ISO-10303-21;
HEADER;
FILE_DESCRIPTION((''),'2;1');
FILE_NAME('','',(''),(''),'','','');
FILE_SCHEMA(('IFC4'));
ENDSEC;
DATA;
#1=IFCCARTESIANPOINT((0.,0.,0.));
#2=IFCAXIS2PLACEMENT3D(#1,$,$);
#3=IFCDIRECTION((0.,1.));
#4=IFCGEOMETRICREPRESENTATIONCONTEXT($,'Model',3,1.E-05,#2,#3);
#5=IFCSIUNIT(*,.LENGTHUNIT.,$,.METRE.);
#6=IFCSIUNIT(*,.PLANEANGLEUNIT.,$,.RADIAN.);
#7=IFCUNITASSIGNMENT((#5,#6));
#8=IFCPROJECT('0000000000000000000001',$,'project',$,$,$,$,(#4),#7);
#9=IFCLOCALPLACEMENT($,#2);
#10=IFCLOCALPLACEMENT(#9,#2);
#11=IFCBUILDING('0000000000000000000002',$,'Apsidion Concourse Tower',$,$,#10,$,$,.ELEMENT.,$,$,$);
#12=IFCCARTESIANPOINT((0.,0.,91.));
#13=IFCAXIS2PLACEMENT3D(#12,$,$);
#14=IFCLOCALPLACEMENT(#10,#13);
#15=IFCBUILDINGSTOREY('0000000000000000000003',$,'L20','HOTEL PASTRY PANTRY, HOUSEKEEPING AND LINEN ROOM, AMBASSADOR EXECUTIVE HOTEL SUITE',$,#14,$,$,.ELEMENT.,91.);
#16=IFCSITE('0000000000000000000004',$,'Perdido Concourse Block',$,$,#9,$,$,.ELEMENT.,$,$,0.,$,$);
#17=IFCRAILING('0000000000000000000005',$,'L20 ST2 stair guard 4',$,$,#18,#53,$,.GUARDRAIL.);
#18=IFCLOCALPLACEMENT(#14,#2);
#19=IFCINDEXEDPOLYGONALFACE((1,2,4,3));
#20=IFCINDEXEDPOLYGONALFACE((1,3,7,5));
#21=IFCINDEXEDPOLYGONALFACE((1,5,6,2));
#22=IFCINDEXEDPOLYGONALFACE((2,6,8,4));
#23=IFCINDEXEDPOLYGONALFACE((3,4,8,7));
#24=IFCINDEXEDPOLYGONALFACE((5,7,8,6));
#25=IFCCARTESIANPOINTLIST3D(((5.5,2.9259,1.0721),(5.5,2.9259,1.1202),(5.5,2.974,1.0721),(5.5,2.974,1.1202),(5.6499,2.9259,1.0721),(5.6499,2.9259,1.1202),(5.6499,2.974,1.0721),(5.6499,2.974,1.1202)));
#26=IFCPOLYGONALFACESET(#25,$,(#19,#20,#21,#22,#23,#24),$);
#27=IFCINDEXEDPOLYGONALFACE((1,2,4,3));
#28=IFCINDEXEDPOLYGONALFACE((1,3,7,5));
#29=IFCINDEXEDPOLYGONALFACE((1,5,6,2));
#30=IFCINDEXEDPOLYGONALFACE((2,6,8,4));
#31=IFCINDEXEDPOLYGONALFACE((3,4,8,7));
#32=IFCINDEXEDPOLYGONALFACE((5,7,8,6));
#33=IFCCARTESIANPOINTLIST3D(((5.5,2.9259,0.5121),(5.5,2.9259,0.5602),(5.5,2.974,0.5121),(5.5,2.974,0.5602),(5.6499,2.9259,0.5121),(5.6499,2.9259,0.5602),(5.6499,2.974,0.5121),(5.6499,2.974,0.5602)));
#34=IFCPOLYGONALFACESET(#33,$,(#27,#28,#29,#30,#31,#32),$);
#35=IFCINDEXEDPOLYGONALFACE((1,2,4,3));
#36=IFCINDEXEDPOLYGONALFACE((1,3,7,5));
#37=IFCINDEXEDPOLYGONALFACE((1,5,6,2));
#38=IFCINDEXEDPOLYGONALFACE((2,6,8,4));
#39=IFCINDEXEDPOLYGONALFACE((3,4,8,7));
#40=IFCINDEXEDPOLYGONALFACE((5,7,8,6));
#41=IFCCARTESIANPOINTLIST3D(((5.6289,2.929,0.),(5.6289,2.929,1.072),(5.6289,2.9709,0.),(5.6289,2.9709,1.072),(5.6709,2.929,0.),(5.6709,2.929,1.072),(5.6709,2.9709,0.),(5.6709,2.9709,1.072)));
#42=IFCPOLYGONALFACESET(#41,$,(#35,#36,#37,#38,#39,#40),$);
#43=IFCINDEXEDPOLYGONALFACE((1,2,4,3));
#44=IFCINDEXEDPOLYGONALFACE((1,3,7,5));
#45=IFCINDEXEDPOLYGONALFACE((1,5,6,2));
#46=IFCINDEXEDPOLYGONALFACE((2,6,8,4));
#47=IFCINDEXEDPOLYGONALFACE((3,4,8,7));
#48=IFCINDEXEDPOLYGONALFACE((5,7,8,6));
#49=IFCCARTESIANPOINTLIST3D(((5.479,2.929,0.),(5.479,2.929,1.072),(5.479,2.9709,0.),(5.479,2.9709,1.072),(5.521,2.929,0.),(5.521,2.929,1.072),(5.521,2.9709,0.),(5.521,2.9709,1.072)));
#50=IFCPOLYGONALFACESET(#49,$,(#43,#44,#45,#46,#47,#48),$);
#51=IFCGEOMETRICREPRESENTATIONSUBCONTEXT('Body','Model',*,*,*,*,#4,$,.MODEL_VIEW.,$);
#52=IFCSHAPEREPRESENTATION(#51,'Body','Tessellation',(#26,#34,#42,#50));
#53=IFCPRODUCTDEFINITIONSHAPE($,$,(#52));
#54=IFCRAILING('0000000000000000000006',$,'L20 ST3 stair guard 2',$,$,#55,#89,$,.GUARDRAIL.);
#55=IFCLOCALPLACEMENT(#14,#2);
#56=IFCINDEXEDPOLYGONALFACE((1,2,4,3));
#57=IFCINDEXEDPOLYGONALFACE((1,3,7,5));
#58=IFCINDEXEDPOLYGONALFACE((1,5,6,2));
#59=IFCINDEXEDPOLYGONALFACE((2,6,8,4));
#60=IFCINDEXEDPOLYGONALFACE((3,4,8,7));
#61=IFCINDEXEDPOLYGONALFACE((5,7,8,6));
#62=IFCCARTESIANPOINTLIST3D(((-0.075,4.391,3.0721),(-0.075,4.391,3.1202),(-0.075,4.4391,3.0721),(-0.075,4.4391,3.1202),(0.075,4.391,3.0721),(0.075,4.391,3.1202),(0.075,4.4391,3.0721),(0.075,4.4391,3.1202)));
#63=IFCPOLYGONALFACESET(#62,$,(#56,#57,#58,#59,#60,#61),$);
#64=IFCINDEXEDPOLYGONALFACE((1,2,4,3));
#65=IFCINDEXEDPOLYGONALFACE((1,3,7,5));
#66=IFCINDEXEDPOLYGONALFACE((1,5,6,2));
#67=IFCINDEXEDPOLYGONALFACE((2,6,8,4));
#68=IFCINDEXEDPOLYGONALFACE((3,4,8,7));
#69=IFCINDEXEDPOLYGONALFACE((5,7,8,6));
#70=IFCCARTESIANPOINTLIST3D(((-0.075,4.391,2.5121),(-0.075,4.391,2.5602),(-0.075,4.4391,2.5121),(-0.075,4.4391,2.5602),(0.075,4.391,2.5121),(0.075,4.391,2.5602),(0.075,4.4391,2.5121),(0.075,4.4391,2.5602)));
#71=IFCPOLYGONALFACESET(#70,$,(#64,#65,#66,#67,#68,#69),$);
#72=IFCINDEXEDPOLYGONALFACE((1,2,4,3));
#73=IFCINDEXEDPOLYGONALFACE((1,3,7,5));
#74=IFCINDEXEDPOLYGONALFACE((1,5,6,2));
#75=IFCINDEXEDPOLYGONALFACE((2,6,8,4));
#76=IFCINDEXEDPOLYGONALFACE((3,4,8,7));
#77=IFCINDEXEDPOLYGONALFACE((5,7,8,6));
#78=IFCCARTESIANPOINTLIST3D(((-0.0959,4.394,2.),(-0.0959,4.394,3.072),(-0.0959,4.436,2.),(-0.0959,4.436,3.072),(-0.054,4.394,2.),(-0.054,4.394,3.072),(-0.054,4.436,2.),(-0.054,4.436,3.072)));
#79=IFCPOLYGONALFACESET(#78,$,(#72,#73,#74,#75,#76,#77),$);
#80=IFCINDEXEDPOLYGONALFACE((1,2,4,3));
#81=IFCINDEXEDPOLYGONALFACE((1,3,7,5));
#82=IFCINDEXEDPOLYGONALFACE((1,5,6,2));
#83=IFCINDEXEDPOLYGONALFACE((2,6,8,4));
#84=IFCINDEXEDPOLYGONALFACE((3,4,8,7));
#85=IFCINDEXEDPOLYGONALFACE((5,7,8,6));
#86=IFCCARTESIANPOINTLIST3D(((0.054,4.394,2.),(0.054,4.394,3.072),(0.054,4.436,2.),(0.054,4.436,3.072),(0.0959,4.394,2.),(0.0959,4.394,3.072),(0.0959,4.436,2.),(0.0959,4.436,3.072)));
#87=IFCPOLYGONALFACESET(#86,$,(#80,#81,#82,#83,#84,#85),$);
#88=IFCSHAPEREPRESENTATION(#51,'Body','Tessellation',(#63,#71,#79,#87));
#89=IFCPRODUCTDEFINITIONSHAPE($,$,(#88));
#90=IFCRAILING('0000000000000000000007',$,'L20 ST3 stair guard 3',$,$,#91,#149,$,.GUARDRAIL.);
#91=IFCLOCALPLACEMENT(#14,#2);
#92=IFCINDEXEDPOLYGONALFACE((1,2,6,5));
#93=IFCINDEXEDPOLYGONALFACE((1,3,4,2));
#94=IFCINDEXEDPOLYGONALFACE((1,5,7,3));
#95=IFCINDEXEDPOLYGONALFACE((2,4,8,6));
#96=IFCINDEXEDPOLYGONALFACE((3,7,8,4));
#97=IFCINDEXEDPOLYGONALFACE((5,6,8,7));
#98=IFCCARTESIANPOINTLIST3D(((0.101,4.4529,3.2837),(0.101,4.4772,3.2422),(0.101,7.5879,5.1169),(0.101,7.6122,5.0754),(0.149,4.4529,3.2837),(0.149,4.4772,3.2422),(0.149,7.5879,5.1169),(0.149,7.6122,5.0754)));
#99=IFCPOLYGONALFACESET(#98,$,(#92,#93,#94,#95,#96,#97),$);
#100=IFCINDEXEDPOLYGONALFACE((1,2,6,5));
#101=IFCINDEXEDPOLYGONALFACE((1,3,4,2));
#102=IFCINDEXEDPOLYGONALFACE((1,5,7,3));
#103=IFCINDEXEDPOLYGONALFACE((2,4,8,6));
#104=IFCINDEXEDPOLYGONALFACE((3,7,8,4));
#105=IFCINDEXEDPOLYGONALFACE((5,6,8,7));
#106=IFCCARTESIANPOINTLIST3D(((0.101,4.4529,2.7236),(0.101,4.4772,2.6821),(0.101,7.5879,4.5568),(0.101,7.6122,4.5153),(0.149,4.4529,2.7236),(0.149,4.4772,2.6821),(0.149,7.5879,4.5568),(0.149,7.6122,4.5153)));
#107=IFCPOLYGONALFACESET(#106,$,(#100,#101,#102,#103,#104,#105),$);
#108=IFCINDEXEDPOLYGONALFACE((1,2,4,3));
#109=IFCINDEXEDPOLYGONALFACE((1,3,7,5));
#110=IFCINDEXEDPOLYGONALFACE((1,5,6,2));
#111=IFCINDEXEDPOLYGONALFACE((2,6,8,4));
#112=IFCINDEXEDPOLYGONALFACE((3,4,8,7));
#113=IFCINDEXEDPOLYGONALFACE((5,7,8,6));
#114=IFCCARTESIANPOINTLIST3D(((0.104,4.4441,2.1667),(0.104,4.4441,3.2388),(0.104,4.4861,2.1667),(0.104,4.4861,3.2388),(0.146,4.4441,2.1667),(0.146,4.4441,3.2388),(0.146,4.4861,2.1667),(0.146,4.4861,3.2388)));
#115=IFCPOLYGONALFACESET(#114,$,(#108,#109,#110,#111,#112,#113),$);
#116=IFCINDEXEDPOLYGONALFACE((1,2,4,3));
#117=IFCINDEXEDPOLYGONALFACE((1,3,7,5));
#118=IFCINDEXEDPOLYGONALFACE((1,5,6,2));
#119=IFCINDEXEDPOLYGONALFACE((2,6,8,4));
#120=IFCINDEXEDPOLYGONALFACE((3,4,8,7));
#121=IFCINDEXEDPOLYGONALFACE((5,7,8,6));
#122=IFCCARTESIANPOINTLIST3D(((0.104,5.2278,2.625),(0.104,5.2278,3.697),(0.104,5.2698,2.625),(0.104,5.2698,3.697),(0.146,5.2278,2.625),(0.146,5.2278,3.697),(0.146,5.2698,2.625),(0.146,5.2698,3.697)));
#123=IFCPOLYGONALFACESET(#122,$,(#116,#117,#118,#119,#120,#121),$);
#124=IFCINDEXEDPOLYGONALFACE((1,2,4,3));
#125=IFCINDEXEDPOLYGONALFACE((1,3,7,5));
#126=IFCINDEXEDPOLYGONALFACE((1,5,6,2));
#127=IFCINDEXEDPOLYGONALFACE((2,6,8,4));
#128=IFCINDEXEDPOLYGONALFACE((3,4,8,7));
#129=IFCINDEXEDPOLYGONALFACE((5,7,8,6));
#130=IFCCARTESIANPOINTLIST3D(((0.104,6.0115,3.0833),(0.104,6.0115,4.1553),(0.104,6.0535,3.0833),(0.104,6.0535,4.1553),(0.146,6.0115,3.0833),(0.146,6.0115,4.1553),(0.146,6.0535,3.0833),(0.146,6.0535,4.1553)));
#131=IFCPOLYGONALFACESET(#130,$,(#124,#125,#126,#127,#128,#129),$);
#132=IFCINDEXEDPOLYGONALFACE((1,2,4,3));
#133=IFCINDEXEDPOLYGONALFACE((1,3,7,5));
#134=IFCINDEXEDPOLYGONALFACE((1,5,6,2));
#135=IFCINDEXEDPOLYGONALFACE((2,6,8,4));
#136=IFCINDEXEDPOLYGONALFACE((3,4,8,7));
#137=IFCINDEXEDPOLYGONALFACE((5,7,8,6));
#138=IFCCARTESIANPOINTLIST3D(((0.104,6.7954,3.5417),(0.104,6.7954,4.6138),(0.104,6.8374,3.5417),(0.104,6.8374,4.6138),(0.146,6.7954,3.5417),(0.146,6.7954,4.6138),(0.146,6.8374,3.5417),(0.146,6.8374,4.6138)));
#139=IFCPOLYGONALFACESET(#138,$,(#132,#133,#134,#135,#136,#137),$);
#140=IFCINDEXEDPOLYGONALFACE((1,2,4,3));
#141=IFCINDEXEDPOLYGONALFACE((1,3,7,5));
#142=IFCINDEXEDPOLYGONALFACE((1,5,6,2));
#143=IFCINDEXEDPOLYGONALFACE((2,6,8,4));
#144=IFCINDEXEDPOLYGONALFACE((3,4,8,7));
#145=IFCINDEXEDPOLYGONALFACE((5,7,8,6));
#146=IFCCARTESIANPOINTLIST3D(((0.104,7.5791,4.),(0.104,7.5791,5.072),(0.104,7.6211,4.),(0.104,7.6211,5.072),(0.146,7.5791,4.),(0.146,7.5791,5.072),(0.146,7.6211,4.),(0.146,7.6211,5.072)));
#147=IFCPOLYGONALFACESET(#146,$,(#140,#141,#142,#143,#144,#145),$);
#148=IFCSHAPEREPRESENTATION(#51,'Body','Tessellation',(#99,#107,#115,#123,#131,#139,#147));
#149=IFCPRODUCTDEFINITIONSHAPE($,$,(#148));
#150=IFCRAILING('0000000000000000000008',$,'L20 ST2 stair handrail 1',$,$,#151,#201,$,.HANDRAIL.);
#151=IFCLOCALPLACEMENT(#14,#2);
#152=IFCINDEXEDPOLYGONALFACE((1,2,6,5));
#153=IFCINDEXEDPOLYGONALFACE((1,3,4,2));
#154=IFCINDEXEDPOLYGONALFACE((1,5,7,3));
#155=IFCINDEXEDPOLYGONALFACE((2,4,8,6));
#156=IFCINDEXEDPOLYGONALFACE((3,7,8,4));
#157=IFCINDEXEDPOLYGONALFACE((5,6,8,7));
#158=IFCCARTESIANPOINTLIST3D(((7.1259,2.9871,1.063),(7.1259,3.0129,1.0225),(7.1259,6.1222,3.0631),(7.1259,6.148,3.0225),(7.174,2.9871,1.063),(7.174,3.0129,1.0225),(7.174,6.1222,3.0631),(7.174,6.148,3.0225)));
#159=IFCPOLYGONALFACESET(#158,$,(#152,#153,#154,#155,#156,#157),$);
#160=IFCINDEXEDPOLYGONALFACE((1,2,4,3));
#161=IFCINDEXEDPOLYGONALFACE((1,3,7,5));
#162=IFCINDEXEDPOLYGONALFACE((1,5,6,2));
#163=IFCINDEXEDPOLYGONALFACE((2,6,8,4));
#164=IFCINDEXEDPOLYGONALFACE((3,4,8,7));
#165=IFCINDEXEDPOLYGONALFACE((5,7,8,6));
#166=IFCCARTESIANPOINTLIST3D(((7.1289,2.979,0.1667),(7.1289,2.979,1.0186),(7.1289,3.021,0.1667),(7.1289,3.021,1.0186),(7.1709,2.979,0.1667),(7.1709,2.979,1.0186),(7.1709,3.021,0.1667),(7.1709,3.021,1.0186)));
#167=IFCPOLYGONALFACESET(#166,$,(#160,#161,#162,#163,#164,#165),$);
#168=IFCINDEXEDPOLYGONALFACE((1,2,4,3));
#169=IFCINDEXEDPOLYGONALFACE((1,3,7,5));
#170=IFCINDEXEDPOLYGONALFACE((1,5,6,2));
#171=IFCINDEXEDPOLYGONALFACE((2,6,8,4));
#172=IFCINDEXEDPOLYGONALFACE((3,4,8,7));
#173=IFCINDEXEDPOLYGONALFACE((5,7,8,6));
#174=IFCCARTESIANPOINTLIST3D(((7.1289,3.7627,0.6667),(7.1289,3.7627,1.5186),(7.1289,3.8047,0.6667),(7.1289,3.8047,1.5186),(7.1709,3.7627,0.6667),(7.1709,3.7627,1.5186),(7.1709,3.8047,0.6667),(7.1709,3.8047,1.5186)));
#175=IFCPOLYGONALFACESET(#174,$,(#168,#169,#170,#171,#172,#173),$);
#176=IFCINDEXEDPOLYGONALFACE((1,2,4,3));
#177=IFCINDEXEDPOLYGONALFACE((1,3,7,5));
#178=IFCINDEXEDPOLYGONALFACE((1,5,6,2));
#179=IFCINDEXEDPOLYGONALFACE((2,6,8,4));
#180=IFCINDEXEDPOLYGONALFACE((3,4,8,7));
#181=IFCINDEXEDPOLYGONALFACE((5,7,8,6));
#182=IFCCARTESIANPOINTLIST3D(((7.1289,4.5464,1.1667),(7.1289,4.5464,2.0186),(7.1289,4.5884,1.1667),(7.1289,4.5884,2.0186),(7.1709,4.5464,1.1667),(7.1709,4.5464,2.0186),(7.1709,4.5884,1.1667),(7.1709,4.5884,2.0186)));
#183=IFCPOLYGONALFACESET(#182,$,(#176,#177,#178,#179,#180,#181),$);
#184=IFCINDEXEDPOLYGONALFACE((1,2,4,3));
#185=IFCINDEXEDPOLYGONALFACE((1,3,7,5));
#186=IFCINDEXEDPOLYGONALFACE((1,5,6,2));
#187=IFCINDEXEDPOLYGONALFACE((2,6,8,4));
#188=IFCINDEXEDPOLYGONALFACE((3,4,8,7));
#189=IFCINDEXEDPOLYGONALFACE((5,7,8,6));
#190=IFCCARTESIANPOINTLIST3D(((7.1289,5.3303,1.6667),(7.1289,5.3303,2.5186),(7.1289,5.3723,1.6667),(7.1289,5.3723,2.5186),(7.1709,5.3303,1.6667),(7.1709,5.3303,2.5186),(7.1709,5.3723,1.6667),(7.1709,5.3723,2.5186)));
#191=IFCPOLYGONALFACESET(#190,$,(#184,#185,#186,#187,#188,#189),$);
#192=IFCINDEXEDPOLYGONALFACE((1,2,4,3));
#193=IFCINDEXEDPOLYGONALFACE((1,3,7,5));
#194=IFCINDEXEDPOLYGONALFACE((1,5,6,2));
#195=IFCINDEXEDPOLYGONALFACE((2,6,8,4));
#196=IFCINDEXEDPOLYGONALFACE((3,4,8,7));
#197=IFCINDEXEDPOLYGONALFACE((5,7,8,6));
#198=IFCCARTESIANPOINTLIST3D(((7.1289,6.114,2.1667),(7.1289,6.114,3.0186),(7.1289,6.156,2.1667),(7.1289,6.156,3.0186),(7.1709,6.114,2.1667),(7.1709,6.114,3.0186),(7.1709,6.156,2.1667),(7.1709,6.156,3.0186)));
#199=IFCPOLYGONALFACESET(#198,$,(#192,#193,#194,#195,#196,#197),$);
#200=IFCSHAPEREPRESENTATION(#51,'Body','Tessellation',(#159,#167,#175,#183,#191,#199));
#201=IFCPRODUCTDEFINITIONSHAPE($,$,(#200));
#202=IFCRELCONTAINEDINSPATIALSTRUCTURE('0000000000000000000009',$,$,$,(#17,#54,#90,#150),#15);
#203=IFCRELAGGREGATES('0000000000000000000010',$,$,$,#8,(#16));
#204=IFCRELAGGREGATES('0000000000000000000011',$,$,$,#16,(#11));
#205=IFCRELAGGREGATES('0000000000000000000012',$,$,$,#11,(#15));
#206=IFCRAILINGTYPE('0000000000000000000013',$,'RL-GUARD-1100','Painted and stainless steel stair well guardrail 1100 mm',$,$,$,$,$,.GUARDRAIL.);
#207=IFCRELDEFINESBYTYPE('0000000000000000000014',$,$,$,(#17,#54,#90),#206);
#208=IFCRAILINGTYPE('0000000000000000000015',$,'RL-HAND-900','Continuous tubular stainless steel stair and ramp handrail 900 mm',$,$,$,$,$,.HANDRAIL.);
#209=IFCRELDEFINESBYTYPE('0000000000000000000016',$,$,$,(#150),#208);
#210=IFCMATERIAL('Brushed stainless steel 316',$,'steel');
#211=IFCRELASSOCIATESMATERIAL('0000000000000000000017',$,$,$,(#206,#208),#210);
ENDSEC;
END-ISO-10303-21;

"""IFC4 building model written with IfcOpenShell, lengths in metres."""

from ifc_helpers import new_model, si_unit, direction, frame, origin, origin_2d, place, context, subcontext, project, spatial, rectangle, extrude, material, type_object, element, save


model = new_model("IFC4")

# Units and contexts
model_context = context("Model", 3, precision=1e-05, world=origin(), true_north=direction((0.0, 1.0)))
body_context = subcontext(model_context, "Body", "Model", "MODEL_VIEW")
ifc_project = project(units=[si_unit("LENGTHUNIT", "METRE"), si_unit("PLANEANGLEUNIT", "RADIAN")], contexts=[model_context])

# Site, building, storey
site_placement = place(None, origin())
site = spatial("IfcSite", under=ifc_project, at=site_placement, Name="Perdido Concourse Block", CompositionType="ELEMENT", RefElevation=0.0)
building_placement = place(site_placement, origin())
building = spatial("IfcBuilding", under=site, at=building_placement, Name="Apsidion Concourse Tower", CompositionType="ELEMENT")
storey_placement = place(building_placement, frame((0.0, 0.0, 91.0)))
storey = spatial("IfcBuildingStorey", under=building, at=storey_placement, Name="L20", Description="HOTEL PASTRY PANTRY, HOUSEKEEPING AND LINEN ROOM, AMBASSADOR EXECUTIVE HOTEL SUITE", CompositionType="ELEMENT", Elevation=91.0)

# Railings
ifc_material_1 = material(Name="Brushed stainless steel 316", Category="steel")
railing_type_1 = type_object("IfcRailingType", Name="RL-GUARD-1100", Description="Painted and stainless steel stair well guardrail 1100 mm", PredefinedType="GUARDRAIL", material=ifc_material_1)
railing_1_placement = place(storey_placement, frame((5.6499, 2.95, 0.0)))
element("IfcRailing", 1, at=railing_1_placement, inside=storey, type_object=railing_type_1, Name="L20 ST2 stair guard 4", PredefinedType="GUARDRAIL", context=body_context, shape_type="SweptSolid", body=[
    extrude(rectangle(XDim=0.0481, YDim=0.0481, at=origin_2d()), frame((0.0, 0.0, 1.0962), z_axis=(-1.0, 0.0, 0.0), x_axis=(0.0, -1.0, 0.0)), (0.0, 0.0, 1.0), 0.1499),
    extrude(rectangle(XDim=0.0481, YDim=0.0481, at=origin_2d()), frame((0.0, 0.0, 0.5361), z_axis=(-1.0, 0.0, 0.0), x_axis=(0.0, -1.0, 0.0)), (0.0, 0.0, 1.0), 0.1499),
    extrude(rectangle(XDim=0.042, YDim=0.042, at=origin_2d()), origin(), (0.0, 0.0, 1.0), 1.072),
    extrude(rectangle(XDim=0.042, YDim=0.042, at=origin_2d()), frame((-0.1499, 0.0, 0.0)), (0.0, 0.0, 1.0), 1.072),
])
railing_2_placement = place(storey_placement, frame((-0.075, 4.415, 2.0)))
element("IfcRailing", 2, at=railing_2_placement, inside=storey, type_object=railing_type_1, Name="L20 ST3 stair guard 2", PredefinedType="GUARDRAIL", context=body_context, shape_type="SweptSolid", body=[
    extrude(rectangle(XDim=0.0481, YDim=0.0481, at=origin_2d()), frame((0.0, 0.0, 1.0962), z_axis=(1.0, 0.0, 0.0), x_axis=(0.0, 1.0, 0.0)), (0.0, 0.0, 1.0), 0.1499),
    extrude(rectangle(XDim=0.0481, YDim=0.0481, at=origin_2d()), frame((0.0, 0.0, 0.5361), z_axis=(1.0, 0.0, 0.0), x_axis=(0.0, 1.0, 0.0)), (0.0, 0.0, 1.0), 0.1499),
    extrude(rectangle(XDim=0.042, YDim=0.042, at=origin_2d()), origin(), (0.0, 0.0, 1.0), 1.072),
    extrude(rectangle(XDim=0.042, YDim=0.042, at=origin_2d()), frame((0.1499, 0.0, 0.0)), (0.0, 0.0, 1.0), 1.072),
])
railing_3_placement = place(storey_placement, frame((0.125, 4.4651, 2.1667)))
element("IfcRailing", 3, at=railing_3_placement, inside=storey, type_object=railing_type_1, Name="L20 ST3 stair guard 3", PredefinedType="GUARDRAIL", context=body_context, shape_type="SweptSolid", body=[
    extrude(rectangle(XDim=0.0481, YDim=0.0481, at=origin_2d()), frame((0.0, 0.0, 1.0962), z_axis=(0.0, 0.86324, 0.504794), x_axis=(-1.0, 0.0, 0.0)), (0.0, 0.0, 1.0), 3.6316),
    extrude(rectangle(XDim=0.0481, YDim=0.0481, at=origin_2d()), frame((0.0, 0.0, 0.5361), z_axis=(0.0, 0.86324, 0.504794), x_axis=(-1.0, 0.0, 0.0)), (0.0, 0.0, 1.0), 3.6316),
    extrude(rectangle(XDim=0.042, YDim=0.042, at=origin_2d()), origin(), (0.0, 0.0, 1.0), 1.072),
    extrude(rectangle(XDim=0.042, YDim=0.042, at=origin_2d()), frame((0.0, 0.7837, 0.4583)), (0.0, 0.0, 1.0), 1.072),
    extrude(rectangle(XDim=0.042, YDim=0.042, at=origin_2d()), frame((0.0, 1.5674, 0.9165)), (0.0, 0.0, 1.0), 1.072),
    extrude(rectangle(XDim=0.042, YDim=0.042, at=origin_2d()), frame((0.0, 2.3513, 1.375)), (0.0, 0.0, 1.0), 1.072),
    extrude(rectangle(XDim=0.042, YDim=0.042, at=origin_2d()), frame((0.0, 3.135, 1.8333)), (0.0, 0.0, 1.0), 1.072),
])
railing_type_2 = type_object("IfcRailingType", Name="RL-HAND-900", Description="Continuous tubular stainless steel stair and ramp handrail 900 mm", PredefinedType="HANDRAIL", material=ifc_material_1)
railing_4_placement = place(storey_placement, frame((7.1499, 3.0, 0.1667)))
element("IfcRailing", 4, at=railing_4_placement, inside=storey, type_object=railing_type_2, Name="L20 ST2 stair handrail 1", PredefinedType="HANDRAIL", context=body_context, shape_type="SweptSolid", body=[
    extrude(rectangle(XDim=0.0481, YDim=0.0481, at=origin_2d()), frame((0.0, 0.0, 0.876), z_axis=(0.0, 0.843053, 0.537831), x_axis=(-1.0, 0.0, 0.0)), (0.0, 0.0, 1.0), 3.7188),
    extrude(rectangle(XDim=0.042, YDim=0.042, at=origin_2d()), origin(), (0.0, 0.0, 1.0), 0.8518),
    extrude(rectangle(XDim=0.042, YDim=0.042, at=origin_2d()), frame((0.0, 0.7837, 0.5)), (0.0, 0.0, 1.0), 0.8518),
    extrude(rectangle(XDim=0.042, YDim=0.042, at=origin_2d()), frame((0.0, 1.5674, 1.0)), (0.0, 0.0, 1.0), 0.8518),
    extrude(rectangle(XDim=0.042, YDim=0.042, at=origin_2d()), frame((0.0, 2.3513, 1.5)), (0.0, 0.0, 1.0), 0.8518),
    extrude(rectangle(XDim=0.042, YDim=0.042, at=origin_2d()), frame((0.0, 3.135, 2.0)), (0.0, 0.0, 1.0), 0.8518),
])

save(model, "model.ifc")
